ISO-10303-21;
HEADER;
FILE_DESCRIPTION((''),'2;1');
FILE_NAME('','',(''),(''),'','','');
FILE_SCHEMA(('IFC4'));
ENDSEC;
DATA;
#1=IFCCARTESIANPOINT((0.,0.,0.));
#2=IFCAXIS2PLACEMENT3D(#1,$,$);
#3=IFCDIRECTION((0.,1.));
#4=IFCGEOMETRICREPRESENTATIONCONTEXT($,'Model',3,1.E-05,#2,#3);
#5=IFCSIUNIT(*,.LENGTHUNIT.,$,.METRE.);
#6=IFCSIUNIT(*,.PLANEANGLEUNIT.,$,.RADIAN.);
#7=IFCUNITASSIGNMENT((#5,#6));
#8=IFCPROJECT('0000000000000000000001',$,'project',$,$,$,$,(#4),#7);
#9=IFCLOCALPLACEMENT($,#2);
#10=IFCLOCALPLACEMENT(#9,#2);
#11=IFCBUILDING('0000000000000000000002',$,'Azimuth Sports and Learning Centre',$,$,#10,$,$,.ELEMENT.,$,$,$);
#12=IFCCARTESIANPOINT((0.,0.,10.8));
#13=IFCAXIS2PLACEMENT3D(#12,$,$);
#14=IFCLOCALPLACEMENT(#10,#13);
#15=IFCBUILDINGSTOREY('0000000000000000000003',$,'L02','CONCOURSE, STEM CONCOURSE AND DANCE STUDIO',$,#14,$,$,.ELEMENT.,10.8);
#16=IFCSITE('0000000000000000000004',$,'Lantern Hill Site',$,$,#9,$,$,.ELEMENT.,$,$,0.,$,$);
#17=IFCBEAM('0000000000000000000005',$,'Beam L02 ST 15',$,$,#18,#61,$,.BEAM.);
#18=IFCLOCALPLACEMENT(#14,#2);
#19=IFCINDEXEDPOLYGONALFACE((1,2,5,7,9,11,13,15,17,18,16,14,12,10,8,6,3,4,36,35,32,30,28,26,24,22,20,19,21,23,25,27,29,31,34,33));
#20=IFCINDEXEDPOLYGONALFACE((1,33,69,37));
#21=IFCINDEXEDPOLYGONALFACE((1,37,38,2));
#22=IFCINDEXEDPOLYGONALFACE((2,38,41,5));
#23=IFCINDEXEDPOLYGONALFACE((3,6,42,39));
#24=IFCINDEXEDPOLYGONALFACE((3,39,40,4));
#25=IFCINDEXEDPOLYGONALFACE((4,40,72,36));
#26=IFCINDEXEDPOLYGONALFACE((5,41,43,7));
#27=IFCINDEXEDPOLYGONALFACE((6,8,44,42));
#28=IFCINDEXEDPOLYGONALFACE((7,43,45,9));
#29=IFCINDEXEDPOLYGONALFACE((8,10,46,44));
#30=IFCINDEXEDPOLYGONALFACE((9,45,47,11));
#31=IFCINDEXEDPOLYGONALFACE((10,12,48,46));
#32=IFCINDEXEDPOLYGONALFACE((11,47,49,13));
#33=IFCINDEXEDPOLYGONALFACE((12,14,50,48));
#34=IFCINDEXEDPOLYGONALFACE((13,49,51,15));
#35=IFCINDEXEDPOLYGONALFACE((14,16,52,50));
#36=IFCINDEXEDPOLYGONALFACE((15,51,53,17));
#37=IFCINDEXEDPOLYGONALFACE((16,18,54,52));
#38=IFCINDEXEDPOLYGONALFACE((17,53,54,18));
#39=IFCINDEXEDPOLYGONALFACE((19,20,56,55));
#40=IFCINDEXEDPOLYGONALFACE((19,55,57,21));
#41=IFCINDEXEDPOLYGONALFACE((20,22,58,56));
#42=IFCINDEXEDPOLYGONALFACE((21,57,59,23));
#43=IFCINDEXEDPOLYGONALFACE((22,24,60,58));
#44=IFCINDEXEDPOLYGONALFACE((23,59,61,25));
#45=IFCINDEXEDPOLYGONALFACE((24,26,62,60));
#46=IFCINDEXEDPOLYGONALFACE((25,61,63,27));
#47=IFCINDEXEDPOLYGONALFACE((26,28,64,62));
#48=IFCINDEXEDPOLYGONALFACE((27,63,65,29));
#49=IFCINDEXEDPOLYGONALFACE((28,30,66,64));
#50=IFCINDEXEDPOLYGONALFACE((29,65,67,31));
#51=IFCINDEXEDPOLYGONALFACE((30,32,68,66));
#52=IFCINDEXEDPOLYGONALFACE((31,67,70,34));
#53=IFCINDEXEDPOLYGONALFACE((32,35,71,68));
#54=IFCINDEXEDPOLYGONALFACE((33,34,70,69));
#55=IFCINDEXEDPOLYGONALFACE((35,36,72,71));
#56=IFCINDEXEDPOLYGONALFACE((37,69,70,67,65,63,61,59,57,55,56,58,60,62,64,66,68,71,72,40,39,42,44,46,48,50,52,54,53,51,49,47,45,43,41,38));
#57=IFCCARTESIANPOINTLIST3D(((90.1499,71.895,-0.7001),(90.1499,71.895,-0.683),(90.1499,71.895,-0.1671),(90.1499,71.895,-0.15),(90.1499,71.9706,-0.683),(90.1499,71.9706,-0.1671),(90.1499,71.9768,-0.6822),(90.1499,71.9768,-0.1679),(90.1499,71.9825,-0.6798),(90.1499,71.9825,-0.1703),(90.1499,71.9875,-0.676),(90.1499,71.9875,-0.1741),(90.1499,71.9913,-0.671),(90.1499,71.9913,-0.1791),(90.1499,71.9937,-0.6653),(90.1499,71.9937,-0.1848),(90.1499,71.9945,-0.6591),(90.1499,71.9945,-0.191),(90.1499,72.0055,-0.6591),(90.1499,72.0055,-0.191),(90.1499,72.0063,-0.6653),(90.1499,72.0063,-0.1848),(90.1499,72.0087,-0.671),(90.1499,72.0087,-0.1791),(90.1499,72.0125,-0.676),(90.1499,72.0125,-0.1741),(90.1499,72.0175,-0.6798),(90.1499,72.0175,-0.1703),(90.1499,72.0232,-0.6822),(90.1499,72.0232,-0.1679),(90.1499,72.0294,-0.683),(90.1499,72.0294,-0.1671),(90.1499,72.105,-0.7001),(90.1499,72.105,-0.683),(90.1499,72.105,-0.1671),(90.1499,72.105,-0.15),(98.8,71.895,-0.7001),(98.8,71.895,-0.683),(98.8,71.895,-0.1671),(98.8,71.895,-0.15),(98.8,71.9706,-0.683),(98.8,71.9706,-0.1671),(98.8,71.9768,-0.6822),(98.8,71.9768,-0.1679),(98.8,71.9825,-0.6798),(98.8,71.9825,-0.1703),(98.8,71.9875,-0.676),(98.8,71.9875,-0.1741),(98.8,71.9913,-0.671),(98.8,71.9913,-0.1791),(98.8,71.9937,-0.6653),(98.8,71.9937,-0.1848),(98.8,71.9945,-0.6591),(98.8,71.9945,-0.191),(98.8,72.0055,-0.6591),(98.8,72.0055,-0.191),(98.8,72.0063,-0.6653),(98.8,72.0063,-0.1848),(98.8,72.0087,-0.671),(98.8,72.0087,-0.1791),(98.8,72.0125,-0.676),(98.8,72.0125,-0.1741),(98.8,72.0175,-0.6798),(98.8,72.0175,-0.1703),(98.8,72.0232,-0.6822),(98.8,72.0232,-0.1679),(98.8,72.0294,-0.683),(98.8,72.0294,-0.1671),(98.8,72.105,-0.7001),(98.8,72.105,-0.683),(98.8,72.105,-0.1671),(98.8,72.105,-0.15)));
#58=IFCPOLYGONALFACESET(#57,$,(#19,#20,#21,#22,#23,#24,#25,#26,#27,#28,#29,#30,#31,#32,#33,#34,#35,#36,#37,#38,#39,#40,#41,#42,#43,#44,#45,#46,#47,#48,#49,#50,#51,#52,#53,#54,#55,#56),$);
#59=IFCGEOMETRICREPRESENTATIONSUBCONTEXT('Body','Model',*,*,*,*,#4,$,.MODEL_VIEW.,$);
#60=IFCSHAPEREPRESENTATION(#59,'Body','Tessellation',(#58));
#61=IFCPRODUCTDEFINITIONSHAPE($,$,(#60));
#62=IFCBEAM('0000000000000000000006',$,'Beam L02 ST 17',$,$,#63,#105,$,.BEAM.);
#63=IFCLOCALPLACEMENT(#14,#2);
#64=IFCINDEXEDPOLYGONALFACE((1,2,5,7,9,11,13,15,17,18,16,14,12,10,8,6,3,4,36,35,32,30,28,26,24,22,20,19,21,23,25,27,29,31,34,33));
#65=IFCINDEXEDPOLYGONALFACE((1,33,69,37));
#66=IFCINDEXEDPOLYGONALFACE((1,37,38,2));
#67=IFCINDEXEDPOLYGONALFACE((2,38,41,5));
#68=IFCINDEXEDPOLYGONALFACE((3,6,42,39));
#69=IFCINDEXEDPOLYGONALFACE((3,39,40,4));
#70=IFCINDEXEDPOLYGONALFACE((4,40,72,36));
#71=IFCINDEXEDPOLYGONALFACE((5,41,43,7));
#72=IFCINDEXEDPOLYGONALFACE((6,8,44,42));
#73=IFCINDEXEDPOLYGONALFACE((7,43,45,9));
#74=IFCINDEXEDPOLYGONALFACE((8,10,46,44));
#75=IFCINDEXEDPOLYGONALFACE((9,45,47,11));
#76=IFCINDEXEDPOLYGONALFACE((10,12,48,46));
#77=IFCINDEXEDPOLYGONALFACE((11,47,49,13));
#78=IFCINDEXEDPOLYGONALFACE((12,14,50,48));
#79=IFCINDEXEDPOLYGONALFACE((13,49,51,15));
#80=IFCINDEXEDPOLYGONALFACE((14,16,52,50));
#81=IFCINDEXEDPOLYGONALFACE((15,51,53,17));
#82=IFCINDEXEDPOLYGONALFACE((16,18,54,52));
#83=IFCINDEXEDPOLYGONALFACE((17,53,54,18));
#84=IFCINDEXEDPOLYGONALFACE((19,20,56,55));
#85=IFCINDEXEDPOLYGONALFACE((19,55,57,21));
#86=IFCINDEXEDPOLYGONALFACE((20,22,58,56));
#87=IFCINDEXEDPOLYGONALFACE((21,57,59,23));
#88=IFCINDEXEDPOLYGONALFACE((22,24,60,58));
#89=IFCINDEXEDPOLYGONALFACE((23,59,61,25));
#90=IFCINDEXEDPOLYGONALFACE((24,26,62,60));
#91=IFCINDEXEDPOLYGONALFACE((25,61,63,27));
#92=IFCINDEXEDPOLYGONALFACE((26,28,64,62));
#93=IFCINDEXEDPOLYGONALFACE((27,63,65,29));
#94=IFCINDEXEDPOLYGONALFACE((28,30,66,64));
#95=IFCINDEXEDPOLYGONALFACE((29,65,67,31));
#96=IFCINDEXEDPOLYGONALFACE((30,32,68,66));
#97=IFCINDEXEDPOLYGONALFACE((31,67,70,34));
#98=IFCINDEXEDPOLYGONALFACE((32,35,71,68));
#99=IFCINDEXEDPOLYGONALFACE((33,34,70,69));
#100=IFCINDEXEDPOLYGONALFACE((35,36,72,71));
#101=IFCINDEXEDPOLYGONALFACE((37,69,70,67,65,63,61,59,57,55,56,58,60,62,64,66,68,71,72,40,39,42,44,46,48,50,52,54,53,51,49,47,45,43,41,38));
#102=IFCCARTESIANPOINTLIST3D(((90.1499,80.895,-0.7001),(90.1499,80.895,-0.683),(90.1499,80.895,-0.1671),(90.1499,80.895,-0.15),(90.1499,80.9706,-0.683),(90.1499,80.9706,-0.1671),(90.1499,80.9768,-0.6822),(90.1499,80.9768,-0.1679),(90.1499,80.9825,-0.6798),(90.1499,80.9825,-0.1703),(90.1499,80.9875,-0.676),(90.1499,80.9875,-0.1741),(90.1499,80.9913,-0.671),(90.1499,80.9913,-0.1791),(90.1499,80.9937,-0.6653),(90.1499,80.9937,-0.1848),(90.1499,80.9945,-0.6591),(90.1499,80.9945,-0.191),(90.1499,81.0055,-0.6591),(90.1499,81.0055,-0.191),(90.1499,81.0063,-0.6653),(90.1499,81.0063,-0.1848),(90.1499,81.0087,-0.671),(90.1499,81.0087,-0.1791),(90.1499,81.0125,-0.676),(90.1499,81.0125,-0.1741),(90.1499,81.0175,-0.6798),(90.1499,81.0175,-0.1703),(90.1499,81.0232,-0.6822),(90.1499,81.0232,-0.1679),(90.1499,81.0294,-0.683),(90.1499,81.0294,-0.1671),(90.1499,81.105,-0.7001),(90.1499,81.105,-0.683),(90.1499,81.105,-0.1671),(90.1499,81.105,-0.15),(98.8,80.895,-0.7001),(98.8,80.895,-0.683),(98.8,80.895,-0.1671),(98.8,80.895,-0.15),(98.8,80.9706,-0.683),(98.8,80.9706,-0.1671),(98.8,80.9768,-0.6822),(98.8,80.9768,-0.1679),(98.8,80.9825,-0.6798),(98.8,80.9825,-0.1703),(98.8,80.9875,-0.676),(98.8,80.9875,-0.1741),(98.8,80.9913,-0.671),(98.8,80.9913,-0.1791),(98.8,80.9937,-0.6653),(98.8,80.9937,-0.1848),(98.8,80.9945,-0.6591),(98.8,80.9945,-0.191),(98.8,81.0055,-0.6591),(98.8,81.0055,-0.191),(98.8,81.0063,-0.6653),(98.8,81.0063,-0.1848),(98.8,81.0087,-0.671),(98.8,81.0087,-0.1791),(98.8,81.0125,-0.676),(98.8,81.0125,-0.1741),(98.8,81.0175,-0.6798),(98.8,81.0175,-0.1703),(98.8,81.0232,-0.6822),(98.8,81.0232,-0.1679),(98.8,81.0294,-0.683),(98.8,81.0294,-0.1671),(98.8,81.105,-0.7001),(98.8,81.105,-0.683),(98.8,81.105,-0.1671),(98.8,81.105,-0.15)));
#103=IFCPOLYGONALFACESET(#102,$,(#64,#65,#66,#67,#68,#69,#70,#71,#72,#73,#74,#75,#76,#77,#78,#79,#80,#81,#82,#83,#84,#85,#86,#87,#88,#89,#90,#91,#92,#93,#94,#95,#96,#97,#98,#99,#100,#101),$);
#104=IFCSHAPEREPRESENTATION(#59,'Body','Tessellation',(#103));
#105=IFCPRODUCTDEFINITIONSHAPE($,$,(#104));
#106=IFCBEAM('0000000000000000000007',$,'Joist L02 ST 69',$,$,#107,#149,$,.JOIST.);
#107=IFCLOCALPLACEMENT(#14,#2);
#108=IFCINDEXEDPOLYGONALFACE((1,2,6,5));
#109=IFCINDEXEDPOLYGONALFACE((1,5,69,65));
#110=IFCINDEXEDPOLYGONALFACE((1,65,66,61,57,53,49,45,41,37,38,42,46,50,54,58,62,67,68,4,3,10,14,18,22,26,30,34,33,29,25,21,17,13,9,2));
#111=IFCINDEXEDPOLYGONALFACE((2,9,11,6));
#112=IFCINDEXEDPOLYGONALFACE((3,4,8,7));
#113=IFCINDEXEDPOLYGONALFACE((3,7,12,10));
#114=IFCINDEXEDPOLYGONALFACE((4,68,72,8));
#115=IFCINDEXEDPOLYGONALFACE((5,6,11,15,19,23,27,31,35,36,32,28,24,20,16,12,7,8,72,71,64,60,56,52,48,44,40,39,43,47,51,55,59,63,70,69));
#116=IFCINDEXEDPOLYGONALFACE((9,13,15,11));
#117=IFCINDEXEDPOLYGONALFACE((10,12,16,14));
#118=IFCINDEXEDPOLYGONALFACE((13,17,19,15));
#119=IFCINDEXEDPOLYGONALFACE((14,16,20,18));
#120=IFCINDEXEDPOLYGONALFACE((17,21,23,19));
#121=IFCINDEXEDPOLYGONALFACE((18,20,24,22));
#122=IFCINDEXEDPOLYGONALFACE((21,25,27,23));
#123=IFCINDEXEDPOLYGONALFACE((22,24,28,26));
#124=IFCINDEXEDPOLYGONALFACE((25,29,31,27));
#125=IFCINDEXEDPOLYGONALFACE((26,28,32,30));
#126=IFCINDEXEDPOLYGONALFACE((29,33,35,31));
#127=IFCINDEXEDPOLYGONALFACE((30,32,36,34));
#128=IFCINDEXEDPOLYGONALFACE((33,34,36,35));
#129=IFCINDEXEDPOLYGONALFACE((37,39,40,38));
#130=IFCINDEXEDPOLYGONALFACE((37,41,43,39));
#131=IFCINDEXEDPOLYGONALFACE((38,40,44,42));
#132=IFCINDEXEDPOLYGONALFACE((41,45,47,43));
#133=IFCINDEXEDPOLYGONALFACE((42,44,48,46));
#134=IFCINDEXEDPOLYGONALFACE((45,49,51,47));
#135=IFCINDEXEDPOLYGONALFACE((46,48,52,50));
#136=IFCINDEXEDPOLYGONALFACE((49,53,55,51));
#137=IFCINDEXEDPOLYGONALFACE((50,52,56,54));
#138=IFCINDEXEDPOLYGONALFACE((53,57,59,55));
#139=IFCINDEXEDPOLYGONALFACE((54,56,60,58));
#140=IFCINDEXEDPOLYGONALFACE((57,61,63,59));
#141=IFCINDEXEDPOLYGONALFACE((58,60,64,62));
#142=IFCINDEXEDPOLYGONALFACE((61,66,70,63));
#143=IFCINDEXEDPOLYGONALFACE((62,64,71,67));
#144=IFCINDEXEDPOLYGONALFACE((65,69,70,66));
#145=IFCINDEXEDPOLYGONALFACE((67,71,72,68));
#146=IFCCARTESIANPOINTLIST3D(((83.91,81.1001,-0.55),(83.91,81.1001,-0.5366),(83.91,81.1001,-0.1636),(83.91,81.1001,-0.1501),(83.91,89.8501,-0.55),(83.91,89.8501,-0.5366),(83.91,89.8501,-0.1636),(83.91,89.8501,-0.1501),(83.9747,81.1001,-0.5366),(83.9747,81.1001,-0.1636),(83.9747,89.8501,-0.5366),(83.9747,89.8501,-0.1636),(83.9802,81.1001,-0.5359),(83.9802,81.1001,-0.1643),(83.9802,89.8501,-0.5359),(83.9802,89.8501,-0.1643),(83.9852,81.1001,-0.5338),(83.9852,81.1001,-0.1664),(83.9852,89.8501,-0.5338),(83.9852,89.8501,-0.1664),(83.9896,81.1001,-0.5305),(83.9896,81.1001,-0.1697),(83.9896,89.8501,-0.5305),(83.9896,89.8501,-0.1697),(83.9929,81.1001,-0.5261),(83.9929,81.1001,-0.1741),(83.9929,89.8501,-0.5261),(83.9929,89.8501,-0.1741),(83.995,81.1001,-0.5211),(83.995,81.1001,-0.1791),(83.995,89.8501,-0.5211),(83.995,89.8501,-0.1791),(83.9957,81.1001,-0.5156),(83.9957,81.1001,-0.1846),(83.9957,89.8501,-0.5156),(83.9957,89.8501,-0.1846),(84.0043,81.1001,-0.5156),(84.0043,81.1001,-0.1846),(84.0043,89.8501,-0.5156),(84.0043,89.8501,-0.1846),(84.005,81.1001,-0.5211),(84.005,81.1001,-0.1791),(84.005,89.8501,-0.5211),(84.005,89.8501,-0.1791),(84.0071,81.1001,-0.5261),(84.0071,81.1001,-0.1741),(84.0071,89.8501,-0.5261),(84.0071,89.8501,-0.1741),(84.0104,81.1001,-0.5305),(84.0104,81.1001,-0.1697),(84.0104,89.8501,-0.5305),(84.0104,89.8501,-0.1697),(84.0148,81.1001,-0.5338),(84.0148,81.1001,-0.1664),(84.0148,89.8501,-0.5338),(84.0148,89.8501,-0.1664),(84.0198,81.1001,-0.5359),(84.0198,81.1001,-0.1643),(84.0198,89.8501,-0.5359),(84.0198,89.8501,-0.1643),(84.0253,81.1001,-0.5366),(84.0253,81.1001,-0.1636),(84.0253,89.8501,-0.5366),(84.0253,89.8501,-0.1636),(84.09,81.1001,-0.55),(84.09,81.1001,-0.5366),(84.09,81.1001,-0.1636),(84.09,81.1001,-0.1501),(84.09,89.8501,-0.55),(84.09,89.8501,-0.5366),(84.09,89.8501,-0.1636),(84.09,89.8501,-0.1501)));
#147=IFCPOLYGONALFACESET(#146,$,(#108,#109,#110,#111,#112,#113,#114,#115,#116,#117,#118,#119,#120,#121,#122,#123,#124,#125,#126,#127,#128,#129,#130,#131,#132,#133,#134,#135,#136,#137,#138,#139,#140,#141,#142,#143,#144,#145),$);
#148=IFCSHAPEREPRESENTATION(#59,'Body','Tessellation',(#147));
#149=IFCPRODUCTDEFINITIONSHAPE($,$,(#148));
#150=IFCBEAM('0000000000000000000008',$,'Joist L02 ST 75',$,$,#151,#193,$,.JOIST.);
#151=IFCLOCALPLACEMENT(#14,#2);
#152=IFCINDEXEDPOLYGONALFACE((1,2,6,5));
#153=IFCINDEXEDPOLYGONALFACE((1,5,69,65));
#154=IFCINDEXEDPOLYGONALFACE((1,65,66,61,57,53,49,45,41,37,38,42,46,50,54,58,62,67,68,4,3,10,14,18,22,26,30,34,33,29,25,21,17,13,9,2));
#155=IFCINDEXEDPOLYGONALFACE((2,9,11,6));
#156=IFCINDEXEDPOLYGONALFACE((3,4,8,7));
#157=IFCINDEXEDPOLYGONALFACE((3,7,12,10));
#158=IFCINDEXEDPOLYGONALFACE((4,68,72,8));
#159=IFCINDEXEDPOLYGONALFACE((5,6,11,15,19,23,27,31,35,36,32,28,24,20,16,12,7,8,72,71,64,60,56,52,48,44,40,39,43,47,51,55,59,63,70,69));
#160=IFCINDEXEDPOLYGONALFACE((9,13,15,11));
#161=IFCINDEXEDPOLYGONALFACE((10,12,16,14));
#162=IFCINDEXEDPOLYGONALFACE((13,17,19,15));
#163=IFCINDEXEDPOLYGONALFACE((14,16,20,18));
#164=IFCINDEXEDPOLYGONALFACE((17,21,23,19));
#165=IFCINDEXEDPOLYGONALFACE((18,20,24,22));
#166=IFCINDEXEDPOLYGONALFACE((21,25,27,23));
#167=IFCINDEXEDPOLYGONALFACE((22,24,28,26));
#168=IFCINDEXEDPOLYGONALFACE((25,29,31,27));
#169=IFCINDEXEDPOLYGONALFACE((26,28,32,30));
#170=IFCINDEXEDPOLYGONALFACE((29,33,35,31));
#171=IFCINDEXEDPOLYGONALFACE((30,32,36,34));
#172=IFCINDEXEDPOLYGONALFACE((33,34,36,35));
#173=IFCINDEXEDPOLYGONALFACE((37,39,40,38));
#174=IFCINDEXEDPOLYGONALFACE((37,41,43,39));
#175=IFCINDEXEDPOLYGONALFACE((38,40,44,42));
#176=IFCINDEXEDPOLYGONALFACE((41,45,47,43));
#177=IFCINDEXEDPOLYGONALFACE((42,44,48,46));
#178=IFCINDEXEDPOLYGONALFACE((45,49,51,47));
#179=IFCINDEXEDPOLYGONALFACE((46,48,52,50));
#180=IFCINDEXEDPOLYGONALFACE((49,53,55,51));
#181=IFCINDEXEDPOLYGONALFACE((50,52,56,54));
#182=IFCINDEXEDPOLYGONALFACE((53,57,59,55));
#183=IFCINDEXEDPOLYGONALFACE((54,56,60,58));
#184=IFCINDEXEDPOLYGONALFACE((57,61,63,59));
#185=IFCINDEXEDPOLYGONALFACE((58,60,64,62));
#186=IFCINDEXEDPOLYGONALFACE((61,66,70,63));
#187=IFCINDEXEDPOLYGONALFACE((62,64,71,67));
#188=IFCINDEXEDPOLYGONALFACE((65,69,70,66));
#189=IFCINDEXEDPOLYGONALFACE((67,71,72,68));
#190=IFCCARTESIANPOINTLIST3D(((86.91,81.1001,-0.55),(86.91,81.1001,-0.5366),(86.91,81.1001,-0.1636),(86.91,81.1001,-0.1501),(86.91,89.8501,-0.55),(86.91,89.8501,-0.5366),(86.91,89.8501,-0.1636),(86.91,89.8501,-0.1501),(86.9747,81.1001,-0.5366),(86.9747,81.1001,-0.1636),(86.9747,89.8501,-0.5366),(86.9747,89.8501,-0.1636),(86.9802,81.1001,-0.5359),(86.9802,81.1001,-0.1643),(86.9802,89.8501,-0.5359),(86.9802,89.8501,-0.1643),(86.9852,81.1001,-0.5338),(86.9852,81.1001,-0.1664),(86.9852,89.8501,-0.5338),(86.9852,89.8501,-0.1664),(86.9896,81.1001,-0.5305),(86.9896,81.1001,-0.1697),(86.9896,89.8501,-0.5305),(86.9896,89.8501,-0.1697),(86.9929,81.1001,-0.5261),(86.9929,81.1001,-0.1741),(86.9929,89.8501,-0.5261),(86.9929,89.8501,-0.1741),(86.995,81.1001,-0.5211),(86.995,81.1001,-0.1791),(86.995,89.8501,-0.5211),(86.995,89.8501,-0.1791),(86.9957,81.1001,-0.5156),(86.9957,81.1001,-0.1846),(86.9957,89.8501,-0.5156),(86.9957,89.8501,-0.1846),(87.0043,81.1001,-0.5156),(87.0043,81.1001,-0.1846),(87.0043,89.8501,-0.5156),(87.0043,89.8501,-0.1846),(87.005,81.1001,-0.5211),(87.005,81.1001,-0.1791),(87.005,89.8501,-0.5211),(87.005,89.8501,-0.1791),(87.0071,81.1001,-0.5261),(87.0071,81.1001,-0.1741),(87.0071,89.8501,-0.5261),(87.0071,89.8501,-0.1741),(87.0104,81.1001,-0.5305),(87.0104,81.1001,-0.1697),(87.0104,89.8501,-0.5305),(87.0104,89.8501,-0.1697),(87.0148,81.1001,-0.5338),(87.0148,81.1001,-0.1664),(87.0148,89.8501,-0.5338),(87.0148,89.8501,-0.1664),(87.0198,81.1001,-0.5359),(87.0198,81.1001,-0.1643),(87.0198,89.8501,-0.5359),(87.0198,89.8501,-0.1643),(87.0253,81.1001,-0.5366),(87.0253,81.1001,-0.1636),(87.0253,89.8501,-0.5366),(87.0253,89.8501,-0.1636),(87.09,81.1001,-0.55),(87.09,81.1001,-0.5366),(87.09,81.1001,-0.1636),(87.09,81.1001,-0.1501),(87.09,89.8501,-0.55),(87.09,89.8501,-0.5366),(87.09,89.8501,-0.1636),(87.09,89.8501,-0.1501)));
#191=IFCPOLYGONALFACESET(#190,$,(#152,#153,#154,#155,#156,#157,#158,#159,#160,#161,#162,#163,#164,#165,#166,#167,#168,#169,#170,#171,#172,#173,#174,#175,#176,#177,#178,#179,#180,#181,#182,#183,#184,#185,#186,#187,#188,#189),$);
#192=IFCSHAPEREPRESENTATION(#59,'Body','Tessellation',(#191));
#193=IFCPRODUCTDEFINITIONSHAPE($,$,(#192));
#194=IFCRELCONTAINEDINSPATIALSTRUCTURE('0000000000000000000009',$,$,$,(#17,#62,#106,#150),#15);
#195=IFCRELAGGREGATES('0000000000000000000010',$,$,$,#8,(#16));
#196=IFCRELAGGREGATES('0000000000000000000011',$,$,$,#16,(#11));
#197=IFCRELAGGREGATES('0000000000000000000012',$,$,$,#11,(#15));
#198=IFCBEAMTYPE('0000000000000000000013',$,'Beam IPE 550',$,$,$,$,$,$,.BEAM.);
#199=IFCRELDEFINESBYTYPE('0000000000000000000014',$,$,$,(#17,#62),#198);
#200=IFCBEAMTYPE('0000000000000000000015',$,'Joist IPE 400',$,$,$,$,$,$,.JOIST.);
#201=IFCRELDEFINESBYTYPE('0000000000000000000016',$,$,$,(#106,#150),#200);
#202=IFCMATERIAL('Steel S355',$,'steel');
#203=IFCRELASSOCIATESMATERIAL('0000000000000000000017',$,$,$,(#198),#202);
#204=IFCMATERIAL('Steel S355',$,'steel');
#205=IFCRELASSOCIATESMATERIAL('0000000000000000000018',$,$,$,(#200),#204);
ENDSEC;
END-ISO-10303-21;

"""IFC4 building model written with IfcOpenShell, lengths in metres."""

from ifc_helpers import new_model, si_unit, direction, frame, origin, origin_2d, place, context, subcontext, project, spatial, i_section, extrude, material, material_profile, profile_set, type_object, element, save


model = new_model("IFC4")

# Units and contexts
model_context = context("Model", 3, precision=1e-05, world=origin(), true_north=direction((0.0, 1.0)))
body_context = subcontext(model_context, "Body", "Model", "MODEL_VIEW")
ifc_project = project(units=[si_unit("LENGTHUNIT", "METRE"), si_unit("PLANEANGLEUNIT", "RADIAN")], contexts=[model_context])

# Site, building, storey
site_placement = place(None, origin())
site = spatial("IfcSite", under=ifc_project, at=site_placement, Name="Lantern Hill Site", CompositionType="ELEMENT", RefElevation=0.0)
building_placement = place(site_placement, origin())
building = spatial("IfcBuilding", under=site, at=building_placement, Name="Azimuth Sports and Learning Centre", CompositionType="ELEMENT")
storey_placement = place(building_placement, frame((0.0, 0.0, 10.8)))
storey = spatial("IfcBuildingStorey", under=building, at=storey_placement, Name="L02", Description="CONCOURSE, STEM CONCOURSE AND DANCE STUDIO", CompositionType="ELEMENT", Elevation=10.8)

# Beams
ifc_material_1 = material(Name="Steel S355", Category="steel")
ifc_material_profile_1 = material_profile(ifc_material_1, i_section(OverallWidth=0.21, OverallDepth=0.55, WebThickness=0.011, FlangeThickness=0.0171, FilletRadius=0.0239, at=origin_2d()), Name="IPE 550")
ifc_profile_set_1 = profile_set([ifc_material_profile_1], Name="Steel S355")
beam_type_1 = type_object("IfcBeamType", Name="Beam IPE 550", PredefinedType="BEAM", material=ifc_profile_set_1)
for number, where, z_axis, x_axis, name in (
    (1, (90.1499, 72.0, -0.425), (1.0, 0.0, 0.0), (0.0, 1.0, 0.0), "Beam L02 ST 15"),
    (2, (90.1499, 81.0, -0.425), (1.0, 0.0, 0.0), (0.0, 1.0, 0.0), "Beam L02 ST 17"),
):
    element("IfcBeam", number, at=place(storey_placement, frame(where, z_axis=z_axis, x_axis=x_axis)), inside=storey, type_object=beam_type_1, Name=name, PredefinedType="BEAM", context=body_context, shape_type="SweptSolid", body=[
        extrude(i_section(OverallWidth=0.21, OverallDepth=0.55, WebThickness=0.011, FlangeThickness=0.0171, FilletRadius=0.0239, at=origin_2d()), origin(), (0.0, 0.0, 1.0), 8.6501),
    ])
ifc_material_2 = material(Name="Steel S355", Category="steel")
ifc_material_profile_2 = material_profile(ifc_material_2, i_section(OverallWidth=0.1799, OverallDepth=0.3999, WebThickness=0.0085, FlangeThickness=0.0134, FilletRadius=0.021, at=origin_2d()), Name="IPE 400")
ifc_profile_set_2 = profile_set([ifc_material_profile_2], Name="Steel S355")
beam_type_2 = type_object("IfcBeamType", Name="Joist IPE 400", PredefinedType="JOIST", material=ifc_profile_set_2)
for number, where, z_axis, x_axis, name in (
    (3, (84.0, 81.1001, -0.3501), (0.0, 1.0, 0.0), (-1.0, 0.0, 0.0), "Joist L02 ST 69"),
    (4, (87.0, 81.1001, -0.3501), (0.0, 1.0, 0.0), (-1.0, 0.0, 0.0), "Joist L02 ST 75"),
):
    element("IfcBeam", number, at=place(storey_placement, frame(where, z_axis=z_axis, x_axis=x_axis)), inside=storey, type_object=beam_type_2, Name=name, PredefinedType="JOIST", context=body_context, shape_type="SweptSolid", body=[
        extrude(i_section(OverallWidth=0.1799, OverallDepth=0.3999, WebThickness=0.0085, FlangeThickness=0.0134, FilletRadius=0.021, at=origin_2d()), origin(), (0.0, 0.0, 1.0), 8.75),
    ])

save(model, "model.ifc")
